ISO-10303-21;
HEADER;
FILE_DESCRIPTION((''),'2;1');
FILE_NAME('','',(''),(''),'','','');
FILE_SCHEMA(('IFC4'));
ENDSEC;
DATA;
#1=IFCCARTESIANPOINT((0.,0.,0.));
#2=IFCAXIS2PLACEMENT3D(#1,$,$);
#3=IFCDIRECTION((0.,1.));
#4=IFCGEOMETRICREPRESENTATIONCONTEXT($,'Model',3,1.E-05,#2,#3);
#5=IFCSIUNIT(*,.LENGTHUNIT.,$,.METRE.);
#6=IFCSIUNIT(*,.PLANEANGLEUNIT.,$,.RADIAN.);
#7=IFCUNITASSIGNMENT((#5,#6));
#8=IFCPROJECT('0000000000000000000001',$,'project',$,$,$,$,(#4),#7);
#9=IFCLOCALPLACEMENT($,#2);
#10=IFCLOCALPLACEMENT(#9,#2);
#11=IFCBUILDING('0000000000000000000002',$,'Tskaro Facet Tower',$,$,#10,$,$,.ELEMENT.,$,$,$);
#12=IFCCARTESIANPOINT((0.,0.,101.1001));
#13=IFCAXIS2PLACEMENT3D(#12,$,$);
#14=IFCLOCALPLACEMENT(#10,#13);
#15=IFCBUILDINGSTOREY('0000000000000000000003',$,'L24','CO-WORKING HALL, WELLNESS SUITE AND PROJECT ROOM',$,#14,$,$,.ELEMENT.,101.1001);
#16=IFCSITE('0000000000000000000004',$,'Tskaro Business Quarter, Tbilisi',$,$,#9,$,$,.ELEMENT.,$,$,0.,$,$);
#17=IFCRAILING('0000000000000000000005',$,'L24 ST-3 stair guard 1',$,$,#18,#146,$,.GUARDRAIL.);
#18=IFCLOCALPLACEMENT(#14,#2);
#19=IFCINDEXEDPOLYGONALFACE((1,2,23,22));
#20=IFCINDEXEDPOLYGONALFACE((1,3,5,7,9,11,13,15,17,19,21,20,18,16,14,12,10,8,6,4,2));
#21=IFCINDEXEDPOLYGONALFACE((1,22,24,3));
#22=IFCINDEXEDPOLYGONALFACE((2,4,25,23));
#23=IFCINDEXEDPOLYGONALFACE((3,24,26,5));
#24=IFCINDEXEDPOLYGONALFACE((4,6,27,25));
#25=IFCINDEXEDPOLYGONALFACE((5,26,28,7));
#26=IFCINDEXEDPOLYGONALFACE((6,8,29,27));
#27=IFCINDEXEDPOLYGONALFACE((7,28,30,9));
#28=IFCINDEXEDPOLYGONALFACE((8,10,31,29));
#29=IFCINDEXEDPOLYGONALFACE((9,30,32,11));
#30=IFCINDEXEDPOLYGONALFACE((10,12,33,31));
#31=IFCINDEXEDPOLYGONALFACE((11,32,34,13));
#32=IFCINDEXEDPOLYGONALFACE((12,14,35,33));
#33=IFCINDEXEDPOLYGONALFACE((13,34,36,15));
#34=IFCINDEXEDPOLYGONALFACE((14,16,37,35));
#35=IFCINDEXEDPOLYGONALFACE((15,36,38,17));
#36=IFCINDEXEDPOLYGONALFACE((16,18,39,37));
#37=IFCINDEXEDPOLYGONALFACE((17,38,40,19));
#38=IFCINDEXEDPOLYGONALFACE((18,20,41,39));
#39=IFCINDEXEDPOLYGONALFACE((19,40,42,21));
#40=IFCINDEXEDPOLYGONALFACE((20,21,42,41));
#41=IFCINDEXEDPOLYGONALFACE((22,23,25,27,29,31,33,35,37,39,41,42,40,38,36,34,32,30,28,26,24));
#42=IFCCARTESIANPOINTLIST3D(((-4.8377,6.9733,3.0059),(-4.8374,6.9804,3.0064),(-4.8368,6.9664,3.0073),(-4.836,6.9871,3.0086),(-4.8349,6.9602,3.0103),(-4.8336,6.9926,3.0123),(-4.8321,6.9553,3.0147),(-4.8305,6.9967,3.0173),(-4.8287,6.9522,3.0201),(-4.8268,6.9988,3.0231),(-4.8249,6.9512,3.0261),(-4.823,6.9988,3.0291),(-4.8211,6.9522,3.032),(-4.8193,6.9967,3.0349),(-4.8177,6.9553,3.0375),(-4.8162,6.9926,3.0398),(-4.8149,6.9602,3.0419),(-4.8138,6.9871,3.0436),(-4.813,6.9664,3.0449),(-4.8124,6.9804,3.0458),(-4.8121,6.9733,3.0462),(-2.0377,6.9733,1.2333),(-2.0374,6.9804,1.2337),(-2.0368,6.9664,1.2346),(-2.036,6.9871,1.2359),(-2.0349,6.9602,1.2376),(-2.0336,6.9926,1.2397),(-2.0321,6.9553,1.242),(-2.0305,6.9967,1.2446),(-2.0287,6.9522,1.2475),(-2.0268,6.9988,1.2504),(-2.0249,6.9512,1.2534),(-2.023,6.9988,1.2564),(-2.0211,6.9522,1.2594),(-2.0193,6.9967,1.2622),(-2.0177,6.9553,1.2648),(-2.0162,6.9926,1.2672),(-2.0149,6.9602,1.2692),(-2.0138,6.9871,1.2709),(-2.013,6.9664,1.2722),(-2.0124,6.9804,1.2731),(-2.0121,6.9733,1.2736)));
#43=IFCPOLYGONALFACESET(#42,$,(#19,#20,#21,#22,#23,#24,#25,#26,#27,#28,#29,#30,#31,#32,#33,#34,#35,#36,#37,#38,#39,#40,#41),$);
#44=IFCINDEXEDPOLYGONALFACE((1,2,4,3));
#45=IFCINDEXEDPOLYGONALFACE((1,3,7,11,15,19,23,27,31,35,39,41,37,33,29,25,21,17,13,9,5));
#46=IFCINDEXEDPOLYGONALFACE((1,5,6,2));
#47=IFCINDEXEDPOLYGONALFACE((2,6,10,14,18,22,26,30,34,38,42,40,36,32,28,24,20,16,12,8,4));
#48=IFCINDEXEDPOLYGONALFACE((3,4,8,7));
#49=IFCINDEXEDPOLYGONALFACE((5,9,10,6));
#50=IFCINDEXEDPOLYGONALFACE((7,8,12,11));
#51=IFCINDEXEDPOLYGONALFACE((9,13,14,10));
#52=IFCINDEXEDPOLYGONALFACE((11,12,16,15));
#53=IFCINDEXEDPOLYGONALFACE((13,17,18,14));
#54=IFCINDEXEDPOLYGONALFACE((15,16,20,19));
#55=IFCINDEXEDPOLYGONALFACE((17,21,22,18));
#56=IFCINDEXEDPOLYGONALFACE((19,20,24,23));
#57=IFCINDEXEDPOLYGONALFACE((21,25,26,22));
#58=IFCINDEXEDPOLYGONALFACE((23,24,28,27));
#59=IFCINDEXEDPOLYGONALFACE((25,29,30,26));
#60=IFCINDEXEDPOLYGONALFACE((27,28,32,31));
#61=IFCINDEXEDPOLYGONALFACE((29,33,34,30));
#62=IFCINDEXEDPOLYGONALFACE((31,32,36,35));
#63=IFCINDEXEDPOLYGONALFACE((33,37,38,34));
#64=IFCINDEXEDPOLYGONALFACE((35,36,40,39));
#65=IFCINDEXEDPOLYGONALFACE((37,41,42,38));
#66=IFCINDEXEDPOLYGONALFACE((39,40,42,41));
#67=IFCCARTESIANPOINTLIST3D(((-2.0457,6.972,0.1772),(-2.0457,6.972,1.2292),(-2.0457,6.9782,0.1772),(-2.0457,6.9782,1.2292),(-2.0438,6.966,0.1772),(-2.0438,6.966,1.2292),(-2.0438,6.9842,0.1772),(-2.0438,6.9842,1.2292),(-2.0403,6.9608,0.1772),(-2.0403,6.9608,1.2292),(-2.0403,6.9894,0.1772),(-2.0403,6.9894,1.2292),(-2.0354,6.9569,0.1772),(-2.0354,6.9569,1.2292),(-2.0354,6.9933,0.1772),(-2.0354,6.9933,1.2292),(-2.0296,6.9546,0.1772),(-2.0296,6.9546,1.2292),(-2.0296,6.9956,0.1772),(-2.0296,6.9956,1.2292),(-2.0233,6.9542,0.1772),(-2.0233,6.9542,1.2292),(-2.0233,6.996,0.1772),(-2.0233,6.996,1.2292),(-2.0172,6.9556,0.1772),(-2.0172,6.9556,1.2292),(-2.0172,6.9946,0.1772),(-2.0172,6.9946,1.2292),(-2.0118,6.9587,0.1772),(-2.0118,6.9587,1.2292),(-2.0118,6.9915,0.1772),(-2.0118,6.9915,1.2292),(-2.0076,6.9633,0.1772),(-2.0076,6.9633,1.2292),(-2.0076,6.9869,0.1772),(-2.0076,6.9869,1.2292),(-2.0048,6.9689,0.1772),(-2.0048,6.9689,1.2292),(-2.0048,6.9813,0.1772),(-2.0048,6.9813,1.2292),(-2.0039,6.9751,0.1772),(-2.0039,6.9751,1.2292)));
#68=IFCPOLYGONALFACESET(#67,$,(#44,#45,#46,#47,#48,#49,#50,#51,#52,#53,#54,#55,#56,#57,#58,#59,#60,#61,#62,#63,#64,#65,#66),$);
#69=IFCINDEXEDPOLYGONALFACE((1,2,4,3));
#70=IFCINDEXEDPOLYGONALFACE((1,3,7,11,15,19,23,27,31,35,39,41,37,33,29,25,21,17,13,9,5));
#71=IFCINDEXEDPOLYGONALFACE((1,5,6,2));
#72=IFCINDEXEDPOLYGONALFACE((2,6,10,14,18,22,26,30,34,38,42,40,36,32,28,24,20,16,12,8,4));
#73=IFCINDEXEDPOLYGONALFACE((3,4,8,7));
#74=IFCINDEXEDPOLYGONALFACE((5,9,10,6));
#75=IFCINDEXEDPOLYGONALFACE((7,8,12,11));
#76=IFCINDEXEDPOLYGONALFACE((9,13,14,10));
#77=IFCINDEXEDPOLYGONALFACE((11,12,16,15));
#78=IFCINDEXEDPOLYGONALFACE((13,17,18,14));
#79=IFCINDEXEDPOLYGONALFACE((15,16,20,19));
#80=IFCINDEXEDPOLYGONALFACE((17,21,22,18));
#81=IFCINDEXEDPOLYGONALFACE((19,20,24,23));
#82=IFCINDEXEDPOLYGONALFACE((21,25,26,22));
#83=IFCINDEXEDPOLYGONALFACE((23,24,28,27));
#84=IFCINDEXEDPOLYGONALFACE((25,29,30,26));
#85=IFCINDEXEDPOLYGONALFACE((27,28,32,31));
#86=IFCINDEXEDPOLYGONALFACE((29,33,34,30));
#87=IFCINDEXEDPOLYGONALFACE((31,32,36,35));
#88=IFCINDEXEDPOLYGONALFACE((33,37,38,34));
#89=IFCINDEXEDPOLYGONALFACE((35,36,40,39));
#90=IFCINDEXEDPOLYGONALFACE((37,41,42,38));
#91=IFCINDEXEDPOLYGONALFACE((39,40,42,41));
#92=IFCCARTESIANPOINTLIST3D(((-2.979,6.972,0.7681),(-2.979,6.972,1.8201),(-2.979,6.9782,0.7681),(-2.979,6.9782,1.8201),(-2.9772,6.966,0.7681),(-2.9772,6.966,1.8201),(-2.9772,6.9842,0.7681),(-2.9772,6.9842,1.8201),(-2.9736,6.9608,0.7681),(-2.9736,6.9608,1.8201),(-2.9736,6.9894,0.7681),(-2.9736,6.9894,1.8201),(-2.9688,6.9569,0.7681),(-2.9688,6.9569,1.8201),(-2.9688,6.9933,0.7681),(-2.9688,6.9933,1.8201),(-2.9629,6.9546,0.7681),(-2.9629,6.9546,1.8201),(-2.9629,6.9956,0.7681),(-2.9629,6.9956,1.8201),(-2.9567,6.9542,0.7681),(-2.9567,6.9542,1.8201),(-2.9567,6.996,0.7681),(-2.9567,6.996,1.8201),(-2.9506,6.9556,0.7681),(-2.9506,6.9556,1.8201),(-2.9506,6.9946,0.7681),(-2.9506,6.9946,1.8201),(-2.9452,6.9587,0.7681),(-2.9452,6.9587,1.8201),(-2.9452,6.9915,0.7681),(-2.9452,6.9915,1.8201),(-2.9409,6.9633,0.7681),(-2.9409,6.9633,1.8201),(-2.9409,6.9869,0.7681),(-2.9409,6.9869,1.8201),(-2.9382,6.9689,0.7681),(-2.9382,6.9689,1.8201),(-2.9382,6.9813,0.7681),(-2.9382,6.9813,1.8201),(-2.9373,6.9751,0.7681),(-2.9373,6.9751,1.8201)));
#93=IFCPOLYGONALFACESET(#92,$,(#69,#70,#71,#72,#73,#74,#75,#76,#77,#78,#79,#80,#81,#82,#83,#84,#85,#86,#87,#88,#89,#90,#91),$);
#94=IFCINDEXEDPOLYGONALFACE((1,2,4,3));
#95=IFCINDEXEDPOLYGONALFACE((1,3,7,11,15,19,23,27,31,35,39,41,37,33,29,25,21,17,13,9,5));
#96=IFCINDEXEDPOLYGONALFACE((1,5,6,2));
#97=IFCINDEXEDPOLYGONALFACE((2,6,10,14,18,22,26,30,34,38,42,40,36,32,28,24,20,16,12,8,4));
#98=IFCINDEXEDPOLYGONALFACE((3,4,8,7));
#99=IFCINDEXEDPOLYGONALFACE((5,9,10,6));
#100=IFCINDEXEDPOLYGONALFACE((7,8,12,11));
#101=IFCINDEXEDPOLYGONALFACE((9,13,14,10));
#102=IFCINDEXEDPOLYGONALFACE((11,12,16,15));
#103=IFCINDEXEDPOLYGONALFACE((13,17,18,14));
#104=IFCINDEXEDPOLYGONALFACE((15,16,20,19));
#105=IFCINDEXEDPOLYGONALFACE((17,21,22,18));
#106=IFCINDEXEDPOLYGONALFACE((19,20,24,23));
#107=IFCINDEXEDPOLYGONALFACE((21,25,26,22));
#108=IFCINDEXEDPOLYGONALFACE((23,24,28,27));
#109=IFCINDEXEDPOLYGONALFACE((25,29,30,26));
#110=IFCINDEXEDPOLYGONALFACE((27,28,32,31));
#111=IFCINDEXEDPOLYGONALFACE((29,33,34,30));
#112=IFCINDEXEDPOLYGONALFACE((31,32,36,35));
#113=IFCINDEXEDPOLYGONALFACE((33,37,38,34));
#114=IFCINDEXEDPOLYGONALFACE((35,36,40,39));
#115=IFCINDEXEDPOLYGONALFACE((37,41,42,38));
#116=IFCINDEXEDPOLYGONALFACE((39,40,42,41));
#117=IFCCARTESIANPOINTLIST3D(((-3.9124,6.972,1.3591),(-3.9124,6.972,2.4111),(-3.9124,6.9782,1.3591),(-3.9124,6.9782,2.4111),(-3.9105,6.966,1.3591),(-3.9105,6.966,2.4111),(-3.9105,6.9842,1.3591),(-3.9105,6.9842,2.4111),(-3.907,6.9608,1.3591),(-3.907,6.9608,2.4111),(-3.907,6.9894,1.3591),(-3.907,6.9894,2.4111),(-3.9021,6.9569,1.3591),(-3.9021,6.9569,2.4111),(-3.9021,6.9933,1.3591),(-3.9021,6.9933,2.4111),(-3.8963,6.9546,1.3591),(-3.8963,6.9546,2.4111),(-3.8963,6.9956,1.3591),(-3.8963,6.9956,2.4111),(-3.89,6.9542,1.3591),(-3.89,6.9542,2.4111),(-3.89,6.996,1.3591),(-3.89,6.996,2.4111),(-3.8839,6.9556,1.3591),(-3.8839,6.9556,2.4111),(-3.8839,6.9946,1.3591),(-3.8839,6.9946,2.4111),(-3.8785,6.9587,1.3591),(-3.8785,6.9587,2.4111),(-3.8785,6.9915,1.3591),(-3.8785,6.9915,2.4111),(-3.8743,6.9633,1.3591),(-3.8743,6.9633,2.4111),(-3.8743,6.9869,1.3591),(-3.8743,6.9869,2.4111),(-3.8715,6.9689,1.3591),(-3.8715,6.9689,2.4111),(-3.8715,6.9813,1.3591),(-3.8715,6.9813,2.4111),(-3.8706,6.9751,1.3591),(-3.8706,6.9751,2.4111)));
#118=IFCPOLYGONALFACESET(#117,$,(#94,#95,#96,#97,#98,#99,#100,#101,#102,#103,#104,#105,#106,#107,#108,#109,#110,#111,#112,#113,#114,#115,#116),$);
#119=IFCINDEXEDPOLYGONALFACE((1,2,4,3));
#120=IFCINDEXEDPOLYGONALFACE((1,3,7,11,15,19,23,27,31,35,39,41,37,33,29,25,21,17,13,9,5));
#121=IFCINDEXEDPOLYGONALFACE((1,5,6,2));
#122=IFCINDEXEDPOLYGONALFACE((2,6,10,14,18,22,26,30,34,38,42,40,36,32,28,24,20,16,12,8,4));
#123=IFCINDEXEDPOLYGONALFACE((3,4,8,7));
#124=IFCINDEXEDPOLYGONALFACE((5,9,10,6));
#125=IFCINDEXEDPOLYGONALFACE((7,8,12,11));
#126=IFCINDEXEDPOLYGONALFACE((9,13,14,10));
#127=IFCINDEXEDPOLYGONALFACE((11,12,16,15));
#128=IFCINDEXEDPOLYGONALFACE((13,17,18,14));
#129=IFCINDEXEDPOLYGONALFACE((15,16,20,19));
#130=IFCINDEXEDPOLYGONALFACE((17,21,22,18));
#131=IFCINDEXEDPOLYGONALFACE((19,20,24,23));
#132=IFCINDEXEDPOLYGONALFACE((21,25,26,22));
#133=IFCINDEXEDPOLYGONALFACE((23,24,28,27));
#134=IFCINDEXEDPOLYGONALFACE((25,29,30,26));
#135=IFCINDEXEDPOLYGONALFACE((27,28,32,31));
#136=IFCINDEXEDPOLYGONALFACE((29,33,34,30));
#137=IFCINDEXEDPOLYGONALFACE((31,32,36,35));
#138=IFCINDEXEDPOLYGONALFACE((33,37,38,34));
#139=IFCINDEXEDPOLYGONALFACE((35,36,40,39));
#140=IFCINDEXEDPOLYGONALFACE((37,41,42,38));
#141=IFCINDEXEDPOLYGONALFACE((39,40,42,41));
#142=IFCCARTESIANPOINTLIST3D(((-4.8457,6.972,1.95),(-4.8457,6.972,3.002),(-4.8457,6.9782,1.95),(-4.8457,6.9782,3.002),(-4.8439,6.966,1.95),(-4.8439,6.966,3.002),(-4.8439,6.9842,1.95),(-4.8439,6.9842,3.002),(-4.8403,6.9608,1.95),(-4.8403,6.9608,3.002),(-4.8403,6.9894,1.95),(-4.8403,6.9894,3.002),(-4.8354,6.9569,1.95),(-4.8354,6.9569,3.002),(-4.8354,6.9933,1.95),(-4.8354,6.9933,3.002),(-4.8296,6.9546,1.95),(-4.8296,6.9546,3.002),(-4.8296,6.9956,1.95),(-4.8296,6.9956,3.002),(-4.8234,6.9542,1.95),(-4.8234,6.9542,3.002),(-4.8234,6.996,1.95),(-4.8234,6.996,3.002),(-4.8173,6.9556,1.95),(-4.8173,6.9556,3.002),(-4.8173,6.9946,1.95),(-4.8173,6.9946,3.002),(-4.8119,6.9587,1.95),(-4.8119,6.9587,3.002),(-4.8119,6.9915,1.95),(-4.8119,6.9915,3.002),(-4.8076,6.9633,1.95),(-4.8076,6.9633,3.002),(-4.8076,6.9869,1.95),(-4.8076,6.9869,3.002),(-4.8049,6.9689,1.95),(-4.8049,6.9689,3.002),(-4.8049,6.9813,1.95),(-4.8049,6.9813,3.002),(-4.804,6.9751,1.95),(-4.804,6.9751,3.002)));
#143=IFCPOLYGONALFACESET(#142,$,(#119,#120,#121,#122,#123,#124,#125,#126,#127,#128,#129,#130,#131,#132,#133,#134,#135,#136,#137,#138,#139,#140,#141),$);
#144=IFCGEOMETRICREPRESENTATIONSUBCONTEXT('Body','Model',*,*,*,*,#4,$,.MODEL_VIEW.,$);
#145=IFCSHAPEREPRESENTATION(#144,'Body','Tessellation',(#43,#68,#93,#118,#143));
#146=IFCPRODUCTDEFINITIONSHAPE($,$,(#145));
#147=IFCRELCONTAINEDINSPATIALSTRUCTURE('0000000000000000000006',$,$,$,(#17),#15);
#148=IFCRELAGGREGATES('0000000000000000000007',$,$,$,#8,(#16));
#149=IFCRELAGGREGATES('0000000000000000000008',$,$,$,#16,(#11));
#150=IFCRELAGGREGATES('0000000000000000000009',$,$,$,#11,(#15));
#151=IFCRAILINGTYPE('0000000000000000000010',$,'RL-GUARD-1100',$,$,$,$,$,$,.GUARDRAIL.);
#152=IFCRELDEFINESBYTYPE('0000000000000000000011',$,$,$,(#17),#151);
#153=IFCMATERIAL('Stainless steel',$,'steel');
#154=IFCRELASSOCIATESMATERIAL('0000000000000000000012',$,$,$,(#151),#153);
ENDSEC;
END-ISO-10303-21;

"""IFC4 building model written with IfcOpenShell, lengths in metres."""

from ifc_helpers import new_model, si_unit, direction, frame, origin, origin_2d, place, context, subcontext, project, spatial, circle, extrude, material, type_object, element, save


model = new_model("IFC4")

# Units and contexts
model_context = context("Model", 3, precision=1e-05, world=origin(), true_north=direction((0.0, 1.0)))
body_context = subcontext(model_context, "Body", "Model", "MODEL_VIEW")
ifc_project = project(units=[si_unit("LENGTHUNIT", "METRE"), si_unit("PLANEANGLEUNIT", "RADIAN")], contexts=[model_context])

# Site, building, storey
site_placement = place(None, origin())
site = spatial("IfcSite", under=ifc_project, at=site_placement, Name="Tskaro Business Quarter, Tbilisi", CompositionType="ELEMENT", RefElevation=0.0)
building_placement = place(site_placement, origin())
building = spatial("IfcBuilding", under=site, at=building_placement, Name="Tskaro Facet Tower", CompositionType="ELEMENT")
storey_placement = place(building_placement, frame((0.0, 0.0, 101.1001)))
storey = spatial("IfcBuildingStorey", under=building, at=storey_placement, Name="L24", Description="CO-WORKING HALL, WELLNESS SUITE AND PROJECT ROOM", CompositionType="ELEMENT", Elevation=101.1001)

# Railing
ifc_material_1 = material(Name="Stainless steel", Category="steel")
railing_type_1 = type_object("IfcRailingType", Name="RL-GUARD-1100", PredefinedType="GUARDRAIL", material=ifc_material_1)
railing_1_placement = place(storey_placement, frame((-2.0249, 6.9751, 0.1772)))
element("IfcRailing", 1, at=railing_1_placement, inside=storey, type_object=railing_type_1, Name="L24 ST-3 stair guard 1", PredefinedType="GUARDRAIL", context=body_context, shape_type="SweptSolid", body=[
    extrude(circle(Radius=0.0239, at=origin_2d()), frame((0.0, 0.0, 1.0762), z_axis=(-0.844909, 0.0, 0.53491), x_axis=(0.0, -1.0, 0.0)), (0.0, 0.0, 1.0), 3.314),
    extrude(circle(Radius=0.021, at=origin_2d()), origin(), (0.0, 0.0, 1.0), 1.052),
    extrude(circle(Radius=0.021, at=origin_2d()), frame((-0.9333, 0.0, 0.5908)), (0.0, 0.0, 1.0), 1.052),
    extrude(circle(Radius=0.021, at=origin_2d()), frame((-1.8667, 0.0, 1.1819)), (0.0, 0.0, 1.0), 1.052),
    extrude(circle(Radius=0.021, at=origin_2d()), frame((-2.8, 0.0, 1.7727)), (0.0, 0.0, 1.0), 1.052),
])

save(model, "model.ifc")
